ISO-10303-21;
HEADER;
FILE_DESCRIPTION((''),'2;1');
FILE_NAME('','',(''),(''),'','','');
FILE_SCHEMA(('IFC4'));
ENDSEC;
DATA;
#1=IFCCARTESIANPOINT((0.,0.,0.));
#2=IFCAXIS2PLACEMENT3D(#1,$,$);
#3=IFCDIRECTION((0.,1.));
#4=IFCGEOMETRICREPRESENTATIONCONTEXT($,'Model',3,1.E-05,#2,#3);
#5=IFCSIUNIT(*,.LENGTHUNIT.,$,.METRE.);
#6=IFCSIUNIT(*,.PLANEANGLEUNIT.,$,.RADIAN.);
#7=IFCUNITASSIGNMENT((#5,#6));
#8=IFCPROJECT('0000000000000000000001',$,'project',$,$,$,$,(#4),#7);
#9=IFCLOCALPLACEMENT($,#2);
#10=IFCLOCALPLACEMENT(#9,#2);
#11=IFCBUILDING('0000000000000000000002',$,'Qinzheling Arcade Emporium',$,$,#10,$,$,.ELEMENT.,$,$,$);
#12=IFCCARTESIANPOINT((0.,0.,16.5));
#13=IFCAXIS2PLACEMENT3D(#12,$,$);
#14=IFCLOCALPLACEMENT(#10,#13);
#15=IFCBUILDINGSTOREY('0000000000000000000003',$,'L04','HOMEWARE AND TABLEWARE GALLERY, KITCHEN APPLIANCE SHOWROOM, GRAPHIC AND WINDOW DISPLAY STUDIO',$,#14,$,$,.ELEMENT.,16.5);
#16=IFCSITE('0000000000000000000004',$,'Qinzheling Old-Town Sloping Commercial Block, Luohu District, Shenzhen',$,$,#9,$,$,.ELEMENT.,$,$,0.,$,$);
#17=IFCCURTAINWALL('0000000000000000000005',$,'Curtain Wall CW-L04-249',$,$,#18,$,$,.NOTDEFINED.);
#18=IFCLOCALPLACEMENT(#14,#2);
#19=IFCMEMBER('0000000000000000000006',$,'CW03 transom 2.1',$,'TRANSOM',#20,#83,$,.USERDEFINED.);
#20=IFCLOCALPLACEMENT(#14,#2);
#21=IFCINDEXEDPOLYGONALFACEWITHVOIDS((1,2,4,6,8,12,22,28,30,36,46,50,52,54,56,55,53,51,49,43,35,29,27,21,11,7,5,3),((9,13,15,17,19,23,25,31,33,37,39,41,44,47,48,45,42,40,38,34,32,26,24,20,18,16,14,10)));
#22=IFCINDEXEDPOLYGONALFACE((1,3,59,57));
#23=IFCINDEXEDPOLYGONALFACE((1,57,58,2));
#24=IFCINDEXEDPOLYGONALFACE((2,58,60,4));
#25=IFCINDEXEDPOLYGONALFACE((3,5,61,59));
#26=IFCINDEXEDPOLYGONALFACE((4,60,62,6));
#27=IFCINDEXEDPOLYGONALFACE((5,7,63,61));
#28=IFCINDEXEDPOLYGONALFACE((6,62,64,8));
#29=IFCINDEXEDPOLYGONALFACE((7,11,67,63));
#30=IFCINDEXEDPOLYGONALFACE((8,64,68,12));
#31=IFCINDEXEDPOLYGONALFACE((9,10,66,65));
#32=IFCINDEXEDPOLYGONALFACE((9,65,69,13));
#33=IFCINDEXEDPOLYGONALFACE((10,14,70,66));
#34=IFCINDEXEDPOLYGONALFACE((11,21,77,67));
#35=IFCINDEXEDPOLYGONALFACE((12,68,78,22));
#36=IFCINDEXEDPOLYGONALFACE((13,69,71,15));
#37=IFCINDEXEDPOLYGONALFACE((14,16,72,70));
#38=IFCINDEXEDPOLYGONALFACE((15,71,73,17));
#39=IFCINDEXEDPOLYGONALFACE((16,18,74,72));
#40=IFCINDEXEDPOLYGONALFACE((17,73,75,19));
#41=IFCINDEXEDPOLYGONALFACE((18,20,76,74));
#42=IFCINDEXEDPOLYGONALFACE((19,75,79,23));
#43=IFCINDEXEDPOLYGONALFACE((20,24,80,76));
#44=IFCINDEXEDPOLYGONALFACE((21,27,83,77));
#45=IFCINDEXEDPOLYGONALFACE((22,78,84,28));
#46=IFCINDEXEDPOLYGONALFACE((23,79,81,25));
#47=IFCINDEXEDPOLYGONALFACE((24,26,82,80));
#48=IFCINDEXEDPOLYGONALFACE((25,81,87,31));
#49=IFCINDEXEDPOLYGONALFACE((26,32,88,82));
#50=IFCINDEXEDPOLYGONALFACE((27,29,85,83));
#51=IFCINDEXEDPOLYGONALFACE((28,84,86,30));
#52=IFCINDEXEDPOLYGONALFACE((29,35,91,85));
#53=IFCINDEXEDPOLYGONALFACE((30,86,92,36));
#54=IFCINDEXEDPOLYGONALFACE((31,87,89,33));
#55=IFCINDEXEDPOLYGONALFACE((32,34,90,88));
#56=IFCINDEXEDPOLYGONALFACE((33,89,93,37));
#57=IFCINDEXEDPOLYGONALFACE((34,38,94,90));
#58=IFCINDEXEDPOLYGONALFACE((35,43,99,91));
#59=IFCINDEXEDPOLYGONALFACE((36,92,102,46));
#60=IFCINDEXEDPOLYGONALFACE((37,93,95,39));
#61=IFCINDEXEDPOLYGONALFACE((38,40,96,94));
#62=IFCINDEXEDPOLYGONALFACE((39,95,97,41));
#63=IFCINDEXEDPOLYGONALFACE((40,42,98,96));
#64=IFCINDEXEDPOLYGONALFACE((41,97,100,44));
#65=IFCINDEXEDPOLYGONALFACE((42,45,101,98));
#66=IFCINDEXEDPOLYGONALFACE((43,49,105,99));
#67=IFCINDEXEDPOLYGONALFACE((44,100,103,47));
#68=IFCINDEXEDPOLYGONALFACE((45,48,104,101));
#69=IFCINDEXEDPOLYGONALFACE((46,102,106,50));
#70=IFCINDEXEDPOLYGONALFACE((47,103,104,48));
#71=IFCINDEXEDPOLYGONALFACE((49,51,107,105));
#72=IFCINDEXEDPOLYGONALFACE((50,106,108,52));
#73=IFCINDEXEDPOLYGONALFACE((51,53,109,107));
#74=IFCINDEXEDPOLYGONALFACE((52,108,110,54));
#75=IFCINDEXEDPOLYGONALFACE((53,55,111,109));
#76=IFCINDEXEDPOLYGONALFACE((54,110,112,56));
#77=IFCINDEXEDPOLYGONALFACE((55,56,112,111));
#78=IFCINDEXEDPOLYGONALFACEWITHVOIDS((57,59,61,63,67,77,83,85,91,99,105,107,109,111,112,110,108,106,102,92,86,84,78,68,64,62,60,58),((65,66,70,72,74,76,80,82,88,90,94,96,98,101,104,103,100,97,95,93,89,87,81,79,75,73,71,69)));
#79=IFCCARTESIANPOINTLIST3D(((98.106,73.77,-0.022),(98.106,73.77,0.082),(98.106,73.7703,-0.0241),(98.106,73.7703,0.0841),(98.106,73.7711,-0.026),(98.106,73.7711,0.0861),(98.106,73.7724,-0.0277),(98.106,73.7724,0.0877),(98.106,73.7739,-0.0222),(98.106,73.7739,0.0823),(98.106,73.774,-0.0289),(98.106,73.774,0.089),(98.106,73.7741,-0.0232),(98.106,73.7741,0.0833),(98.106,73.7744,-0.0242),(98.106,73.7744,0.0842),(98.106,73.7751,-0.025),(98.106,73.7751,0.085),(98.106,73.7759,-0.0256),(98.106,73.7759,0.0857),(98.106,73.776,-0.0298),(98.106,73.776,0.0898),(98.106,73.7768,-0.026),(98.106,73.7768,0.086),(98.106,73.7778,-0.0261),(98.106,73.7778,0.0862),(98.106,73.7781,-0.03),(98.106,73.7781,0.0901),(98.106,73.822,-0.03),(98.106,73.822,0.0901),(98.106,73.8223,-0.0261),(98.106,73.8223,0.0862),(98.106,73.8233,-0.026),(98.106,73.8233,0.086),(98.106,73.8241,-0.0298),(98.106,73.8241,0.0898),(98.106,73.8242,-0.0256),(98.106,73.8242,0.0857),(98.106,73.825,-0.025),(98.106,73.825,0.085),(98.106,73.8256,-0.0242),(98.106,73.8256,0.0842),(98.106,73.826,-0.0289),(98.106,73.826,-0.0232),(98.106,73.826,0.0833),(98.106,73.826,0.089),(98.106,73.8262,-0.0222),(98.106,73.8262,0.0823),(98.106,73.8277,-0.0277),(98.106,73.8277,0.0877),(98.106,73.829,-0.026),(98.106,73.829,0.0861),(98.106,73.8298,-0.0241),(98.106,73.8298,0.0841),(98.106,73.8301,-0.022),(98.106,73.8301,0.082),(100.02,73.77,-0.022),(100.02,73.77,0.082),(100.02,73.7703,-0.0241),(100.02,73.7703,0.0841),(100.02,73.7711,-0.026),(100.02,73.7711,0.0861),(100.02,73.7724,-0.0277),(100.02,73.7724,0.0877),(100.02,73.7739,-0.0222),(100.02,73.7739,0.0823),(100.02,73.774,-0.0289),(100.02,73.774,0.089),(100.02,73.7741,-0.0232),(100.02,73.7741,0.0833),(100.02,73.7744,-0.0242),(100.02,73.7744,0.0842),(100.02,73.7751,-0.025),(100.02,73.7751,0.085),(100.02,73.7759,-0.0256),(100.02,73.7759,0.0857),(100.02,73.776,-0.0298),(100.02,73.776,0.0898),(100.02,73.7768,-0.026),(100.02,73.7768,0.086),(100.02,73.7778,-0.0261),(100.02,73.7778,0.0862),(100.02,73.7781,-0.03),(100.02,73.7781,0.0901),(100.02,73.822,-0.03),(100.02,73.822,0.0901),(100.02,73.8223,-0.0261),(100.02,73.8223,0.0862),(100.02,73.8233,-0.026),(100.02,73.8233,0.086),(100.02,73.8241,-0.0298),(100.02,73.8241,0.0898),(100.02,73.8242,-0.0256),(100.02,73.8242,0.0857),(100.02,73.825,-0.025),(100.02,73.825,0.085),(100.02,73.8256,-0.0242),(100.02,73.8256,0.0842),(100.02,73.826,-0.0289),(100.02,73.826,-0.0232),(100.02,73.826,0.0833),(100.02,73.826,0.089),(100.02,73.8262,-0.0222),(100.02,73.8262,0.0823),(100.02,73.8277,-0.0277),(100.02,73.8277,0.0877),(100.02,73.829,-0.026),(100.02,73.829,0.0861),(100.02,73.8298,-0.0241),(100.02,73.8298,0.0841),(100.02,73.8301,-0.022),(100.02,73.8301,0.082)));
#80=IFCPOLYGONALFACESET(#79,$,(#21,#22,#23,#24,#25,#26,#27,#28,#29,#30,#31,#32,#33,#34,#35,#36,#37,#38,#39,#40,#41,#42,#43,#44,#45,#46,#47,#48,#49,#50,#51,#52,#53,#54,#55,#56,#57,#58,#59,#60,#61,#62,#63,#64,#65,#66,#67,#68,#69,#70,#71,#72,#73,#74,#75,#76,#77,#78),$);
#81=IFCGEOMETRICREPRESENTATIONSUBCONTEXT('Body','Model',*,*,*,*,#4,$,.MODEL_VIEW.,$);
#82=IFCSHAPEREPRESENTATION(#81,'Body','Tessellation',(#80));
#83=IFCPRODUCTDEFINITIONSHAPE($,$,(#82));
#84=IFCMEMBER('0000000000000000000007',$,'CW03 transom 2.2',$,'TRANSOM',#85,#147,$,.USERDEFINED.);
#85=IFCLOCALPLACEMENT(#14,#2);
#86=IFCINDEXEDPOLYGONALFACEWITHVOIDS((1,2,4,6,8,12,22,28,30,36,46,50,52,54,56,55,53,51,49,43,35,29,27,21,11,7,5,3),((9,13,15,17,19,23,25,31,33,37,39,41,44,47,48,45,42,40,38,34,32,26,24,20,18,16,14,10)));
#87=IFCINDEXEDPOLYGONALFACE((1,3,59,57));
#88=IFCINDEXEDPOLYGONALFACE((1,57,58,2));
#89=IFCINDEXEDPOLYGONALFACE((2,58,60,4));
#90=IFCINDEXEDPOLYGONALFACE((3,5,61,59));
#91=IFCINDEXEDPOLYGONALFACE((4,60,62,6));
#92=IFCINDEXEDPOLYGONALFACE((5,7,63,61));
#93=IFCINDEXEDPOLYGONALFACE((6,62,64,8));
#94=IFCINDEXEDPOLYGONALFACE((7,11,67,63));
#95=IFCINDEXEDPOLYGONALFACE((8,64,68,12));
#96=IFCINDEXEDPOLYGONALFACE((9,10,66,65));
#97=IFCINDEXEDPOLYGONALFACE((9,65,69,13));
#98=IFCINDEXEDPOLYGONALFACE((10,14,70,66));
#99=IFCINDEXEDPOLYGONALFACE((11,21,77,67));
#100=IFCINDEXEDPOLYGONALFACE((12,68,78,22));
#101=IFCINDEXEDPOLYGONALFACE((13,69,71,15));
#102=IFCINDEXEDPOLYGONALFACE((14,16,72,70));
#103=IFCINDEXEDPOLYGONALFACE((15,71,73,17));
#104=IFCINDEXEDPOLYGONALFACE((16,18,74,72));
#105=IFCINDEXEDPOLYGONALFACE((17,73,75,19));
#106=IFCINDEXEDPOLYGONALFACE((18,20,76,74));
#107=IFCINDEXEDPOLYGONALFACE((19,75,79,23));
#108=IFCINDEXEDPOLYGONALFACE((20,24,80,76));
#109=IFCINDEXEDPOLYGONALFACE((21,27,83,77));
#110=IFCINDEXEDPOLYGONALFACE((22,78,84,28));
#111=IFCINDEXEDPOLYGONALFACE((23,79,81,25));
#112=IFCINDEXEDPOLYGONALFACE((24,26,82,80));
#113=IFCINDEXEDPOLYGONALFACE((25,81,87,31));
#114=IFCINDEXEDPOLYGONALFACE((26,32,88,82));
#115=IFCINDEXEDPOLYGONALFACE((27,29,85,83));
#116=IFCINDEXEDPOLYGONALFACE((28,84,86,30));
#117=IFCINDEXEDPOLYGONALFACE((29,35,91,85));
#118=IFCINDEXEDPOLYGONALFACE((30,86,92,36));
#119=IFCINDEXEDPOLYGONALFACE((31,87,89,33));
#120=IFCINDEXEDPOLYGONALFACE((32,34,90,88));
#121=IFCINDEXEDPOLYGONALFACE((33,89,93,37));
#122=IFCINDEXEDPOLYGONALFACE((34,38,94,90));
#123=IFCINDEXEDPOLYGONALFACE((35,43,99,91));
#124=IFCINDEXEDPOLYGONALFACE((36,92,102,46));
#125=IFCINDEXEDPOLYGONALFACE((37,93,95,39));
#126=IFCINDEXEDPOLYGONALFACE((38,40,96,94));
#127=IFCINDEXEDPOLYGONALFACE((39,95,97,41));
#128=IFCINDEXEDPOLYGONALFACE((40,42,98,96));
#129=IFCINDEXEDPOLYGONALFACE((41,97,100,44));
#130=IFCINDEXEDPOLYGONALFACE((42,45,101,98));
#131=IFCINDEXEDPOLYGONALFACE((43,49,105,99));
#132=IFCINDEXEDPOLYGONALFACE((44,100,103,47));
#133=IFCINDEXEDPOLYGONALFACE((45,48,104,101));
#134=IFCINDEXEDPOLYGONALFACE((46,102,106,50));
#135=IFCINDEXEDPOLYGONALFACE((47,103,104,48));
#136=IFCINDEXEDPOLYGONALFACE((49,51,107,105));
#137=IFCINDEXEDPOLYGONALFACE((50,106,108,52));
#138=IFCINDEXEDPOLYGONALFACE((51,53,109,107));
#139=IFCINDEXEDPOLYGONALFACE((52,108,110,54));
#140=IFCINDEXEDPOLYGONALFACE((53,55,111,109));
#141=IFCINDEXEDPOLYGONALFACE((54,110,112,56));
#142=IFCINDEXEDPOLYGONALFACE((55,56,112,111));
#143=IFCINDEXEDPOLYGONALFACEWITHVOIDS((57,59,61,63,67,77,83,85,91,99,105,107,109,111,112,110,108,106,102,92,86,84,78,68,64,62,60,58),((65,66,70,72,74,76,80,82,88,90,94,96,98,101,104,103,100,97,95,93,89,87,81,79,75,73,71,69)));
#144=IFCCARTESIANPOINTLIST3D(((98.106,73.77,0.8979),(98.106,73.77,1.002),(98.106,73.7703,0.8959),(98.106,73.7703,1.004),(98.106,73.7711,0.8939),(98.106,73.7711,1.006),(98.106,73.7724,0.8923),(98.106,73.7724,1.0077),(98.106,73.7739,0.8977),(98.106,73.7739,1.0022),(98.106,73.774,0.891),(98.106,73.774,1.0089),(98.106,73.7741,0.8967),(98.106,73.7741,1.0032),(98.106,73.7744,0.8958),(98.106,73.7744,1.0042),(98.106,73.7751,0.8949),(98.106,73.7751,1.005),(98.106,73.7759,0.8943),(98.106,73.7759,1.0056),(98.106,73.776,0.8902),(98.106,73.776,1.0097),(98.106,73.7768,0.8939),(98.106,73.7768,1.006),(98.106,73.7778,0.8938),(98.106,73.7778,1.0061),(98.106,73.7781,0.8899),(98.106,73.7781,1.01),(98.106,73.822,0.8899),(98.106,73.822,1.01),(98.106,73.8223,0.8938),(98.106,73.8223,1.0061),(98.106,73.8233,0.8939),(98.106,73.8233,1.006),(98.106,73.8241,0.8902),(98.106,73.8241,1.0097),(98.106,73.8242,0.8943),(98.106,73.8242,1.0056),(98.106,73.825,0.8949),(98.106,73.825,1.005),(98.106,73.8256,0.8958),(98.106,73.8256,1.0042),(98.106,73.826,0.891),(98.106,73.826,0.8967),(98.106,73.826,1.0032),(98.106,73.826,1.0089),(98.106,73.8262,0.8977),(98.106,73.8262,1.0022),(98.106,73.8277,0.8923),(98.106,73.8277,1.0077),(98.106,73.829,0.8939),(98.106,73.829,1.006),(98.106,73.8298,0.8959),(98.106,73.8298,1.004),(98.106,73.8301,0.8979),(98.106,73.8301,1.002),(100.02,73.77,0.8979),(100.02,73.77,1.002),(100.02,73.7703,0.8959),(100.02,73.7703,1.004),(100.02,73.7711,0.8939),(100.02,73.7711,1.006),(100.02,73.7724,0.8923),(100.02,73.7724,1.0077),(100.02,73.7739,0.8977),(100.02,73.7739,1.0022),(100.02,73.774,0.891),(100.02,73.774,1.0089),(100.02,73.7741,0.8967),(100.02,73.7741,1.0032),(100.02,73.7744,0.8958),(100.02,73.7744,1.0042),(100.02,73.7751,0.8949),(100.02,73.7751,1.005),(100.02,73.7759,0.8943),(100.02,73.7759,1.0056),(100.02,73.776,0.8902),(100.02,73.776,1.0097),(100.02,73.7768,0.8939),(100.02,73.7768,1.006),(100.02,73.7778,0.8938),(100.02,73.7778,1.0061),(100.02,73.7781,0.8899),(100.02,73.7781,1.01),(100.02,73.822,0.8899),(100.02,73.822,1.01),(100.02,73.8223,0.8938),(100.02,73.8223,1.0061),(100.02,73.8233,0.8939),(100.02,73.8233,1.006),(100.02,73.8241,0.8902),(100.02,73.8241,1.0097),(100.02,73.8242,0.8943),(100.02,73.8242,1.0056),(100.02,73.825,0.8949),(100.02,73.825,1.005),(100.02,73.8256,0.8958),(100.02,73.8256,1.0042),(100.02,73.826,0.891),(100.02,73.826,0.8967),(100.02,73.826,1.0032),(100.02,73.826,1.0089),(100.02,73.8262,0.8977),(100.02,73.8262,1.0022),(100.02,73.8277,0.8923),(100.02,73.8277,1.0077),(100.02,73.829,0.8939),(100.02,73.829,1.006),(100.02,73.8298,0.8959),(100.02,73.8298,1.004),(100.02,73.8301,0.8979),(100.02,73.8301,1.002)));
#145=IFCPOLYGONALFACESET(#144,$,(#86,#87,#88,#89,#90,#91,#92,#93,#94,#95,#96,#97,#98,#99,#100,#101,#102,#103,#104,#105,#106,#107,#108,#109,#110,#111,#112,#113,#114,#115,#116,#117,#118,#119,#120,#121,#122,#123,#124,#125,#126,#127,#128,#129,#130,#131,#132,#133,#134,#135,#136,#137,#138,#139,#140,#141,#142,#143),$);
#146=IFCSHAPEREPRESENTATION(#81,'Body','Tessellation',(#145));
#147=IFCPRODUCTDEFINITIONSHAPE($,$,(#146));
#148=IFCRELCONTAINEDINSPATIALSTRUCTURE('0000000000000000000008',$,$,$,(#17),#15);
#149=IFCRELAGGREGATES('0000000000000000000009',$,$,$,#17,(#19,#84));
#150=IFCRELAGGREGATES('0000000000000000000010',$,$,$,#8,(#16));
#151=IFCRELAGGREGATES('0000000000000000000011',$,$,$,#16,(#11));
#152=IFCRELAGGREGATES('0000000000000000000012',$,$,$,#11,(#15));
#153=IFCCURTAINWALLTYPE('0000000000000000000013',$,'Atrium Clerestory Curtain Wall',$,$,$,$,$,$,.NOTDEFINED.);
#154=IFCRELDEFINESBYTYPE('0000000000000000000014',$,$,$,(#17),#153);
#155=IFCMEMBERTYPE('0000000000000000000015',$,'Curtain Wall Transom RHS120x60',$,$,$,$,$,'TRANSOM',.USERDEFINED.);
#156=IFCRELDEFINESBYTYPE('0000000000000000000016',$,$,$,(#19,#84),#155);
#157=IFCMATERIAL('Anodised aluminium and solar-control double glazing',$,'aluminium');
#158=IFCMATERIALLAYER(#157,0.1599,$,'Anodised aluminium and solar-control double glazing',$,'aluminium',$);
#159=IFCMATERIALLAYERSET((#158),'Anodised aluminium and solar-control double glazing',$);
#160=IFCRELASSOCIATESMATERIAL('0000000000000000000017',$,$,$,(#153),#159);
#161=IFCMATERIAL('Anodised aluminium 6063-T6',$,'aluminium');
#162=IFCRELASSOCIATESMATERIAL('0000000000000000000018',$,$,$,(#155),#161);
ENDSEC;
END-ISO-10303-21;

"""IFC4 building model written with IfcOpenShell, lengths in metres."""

from ifc_helpers import new_model, si_unit, direction, frame, origin, origin_2d, place, context, subcontext, project, spatial, hollow_rectangle, extrude, material, layer, layer_set, material_profile, profile_set, type_object, element, aggregate, save


model = new_model("IFC4")

# Units and contexts
model_context = context("Model", 3, precision=1e-05, world=origin(), true_north=direction((0.0, 1.0)))
body_context = subcontext(model_context, "Body", "Model", "MODEL_VIEW")
ifc_project = project(units=[si_unit("LENGTHUNIT", "METRE"), si_unit("PLANEANGLEUNIT", "RADIAN")], contexts=[model_context])

# Site, building, storey
site_placement = place(None, origin())
site = spatial("IfcSite", under=ifc_project, at=site_placement, Name="Qinzheling Old-Town Sloping Commercial Block, Luohu District, Shenzhen", CompositionType="ELEMENT", RefElevation=0.0)
building_placement = place(site_placement, origin())
building = spatial("IfcBuilding", under=site, at=building_placement, Name="Qinzheling Arcade Emporium", CompositionType="ELEMENT")
storey_placement = place(building_placement, frame((0.0, 0.0, 16.5)))
storey = spatial("IfcBuildingStorey", under=building, at=storey_placement, Name="L04", Description="HOMEWARE AND TABLEWARE GALLERY, KITCHEN APPLIANCE SHOWROOM, GRAPHIC AND WINDOW DISPLAY STUDIO", CompositionType="ELEMENT", Elevation=16.5)

# Shared definitions
ifc_material_1 = material(Name="Anodised aluminium and solar-control double glazing", Category="aluminium")
ifc_layer_1 = layer(ifc_material_1, 0.1599, Name="Anodised aluminium and solar-control double glazing", Category="aluminium")
ifc_layer_set_1 = layer_set([ifc_layer_1], Name="Anodised aluminium and solar-control double glazing")
curtain_wall_type = type_object("IfcCurtainWallType", Name="Atrium Clerestory Curtain Wall", PredefinedType="NOTDEFINED", material=ifc_layer_set_1)
ifc_material_2 = material(Name="Anodised aluminium 6063-T6", Category="aluminium")

# Curtain wall, members
curtain_wall_1_placement = place(storey_placement, origin())
curtain_wall_1 = element("IfcCurtainWall", 1, at=curtain_wall_1_placement, inside=storey, type_object=curtain_wall_type, Name="Curtain Wall CW-L04-249", PredefinedType="NOTDEFINED")
ifc_material_profile_1 = material_profile(ifc_material_2, hollow_rectangle(XDim=0.0601, YDim=0.1201, WallThickness=0.0039, InnerFilletRadius=0.0039, OuterFilletRadius=0.0081, at=origin_2d()), Name="RHS 120x60x4", Category="aluminium")
ifc_profile_set_1 = profile_set([ifc_material_profile_1], Name="Anodised aluminium 6063-T6")
member_type_1 = type_object("IfcMemberType", Name="Curtain Wall Transom RHS120x60", ElementType="TRANSOM", PredefinedType="USERDEFINED", material=ifc_profile_set_1)
member_1_placement = place(storey_placement, frame((98.106, 73.8, 0.03), z_axis=(1.0, 0.0, 0.0), x_axis=(0.0, 1.0, 0.0)))
member_1 = element("IfcMember", 2, at=member_1_placement, type_object=member_type_1, Name="CW03 transom 2.1", ObjectType="TRANSOM", PredefinedType="USERDEFINED", context=body_context, shape_type="SweptSolid", body=[
    extrude(hollow_rectangle(XDim=0.0601, YDim=0.1201, WallThickness=0.0039, InnerFilletRadius=0.0039, OuterFilletRadius=0.0081, at=origin_2d()), origin(), (0.0, 0.0, 1.0), 1.9141),
])
member_2_placement = place(storey_placement, frame((98.106, 73.8, 0.95), z_axis=(1.0, 0.0, 0.0), x_axis=(0.0, 1.0, 0.0)))
member_2 = element("IfcMember", 3, at=member_2_placement, type_object=member_type_1, Name="CW03 transom 2.2", ObjectType="TRANSOM", PredefinedType="USERDEFINED", context=body_context, shape_type="SweptSolid", body=[
    extrude(hollow_rectangle(XDim=0.0601, YDim=0.1201, WallThickness=0.0039, InnerFilletRadius=0.0039, OuterFilletRadius=0.0081, at=origin_2d()), origin(), (0.0, 0.0, 1.0), 1.9141),
])

aggregate(curtain_wall_1, [member_1, member_2])

save(model, "model.ifc")
